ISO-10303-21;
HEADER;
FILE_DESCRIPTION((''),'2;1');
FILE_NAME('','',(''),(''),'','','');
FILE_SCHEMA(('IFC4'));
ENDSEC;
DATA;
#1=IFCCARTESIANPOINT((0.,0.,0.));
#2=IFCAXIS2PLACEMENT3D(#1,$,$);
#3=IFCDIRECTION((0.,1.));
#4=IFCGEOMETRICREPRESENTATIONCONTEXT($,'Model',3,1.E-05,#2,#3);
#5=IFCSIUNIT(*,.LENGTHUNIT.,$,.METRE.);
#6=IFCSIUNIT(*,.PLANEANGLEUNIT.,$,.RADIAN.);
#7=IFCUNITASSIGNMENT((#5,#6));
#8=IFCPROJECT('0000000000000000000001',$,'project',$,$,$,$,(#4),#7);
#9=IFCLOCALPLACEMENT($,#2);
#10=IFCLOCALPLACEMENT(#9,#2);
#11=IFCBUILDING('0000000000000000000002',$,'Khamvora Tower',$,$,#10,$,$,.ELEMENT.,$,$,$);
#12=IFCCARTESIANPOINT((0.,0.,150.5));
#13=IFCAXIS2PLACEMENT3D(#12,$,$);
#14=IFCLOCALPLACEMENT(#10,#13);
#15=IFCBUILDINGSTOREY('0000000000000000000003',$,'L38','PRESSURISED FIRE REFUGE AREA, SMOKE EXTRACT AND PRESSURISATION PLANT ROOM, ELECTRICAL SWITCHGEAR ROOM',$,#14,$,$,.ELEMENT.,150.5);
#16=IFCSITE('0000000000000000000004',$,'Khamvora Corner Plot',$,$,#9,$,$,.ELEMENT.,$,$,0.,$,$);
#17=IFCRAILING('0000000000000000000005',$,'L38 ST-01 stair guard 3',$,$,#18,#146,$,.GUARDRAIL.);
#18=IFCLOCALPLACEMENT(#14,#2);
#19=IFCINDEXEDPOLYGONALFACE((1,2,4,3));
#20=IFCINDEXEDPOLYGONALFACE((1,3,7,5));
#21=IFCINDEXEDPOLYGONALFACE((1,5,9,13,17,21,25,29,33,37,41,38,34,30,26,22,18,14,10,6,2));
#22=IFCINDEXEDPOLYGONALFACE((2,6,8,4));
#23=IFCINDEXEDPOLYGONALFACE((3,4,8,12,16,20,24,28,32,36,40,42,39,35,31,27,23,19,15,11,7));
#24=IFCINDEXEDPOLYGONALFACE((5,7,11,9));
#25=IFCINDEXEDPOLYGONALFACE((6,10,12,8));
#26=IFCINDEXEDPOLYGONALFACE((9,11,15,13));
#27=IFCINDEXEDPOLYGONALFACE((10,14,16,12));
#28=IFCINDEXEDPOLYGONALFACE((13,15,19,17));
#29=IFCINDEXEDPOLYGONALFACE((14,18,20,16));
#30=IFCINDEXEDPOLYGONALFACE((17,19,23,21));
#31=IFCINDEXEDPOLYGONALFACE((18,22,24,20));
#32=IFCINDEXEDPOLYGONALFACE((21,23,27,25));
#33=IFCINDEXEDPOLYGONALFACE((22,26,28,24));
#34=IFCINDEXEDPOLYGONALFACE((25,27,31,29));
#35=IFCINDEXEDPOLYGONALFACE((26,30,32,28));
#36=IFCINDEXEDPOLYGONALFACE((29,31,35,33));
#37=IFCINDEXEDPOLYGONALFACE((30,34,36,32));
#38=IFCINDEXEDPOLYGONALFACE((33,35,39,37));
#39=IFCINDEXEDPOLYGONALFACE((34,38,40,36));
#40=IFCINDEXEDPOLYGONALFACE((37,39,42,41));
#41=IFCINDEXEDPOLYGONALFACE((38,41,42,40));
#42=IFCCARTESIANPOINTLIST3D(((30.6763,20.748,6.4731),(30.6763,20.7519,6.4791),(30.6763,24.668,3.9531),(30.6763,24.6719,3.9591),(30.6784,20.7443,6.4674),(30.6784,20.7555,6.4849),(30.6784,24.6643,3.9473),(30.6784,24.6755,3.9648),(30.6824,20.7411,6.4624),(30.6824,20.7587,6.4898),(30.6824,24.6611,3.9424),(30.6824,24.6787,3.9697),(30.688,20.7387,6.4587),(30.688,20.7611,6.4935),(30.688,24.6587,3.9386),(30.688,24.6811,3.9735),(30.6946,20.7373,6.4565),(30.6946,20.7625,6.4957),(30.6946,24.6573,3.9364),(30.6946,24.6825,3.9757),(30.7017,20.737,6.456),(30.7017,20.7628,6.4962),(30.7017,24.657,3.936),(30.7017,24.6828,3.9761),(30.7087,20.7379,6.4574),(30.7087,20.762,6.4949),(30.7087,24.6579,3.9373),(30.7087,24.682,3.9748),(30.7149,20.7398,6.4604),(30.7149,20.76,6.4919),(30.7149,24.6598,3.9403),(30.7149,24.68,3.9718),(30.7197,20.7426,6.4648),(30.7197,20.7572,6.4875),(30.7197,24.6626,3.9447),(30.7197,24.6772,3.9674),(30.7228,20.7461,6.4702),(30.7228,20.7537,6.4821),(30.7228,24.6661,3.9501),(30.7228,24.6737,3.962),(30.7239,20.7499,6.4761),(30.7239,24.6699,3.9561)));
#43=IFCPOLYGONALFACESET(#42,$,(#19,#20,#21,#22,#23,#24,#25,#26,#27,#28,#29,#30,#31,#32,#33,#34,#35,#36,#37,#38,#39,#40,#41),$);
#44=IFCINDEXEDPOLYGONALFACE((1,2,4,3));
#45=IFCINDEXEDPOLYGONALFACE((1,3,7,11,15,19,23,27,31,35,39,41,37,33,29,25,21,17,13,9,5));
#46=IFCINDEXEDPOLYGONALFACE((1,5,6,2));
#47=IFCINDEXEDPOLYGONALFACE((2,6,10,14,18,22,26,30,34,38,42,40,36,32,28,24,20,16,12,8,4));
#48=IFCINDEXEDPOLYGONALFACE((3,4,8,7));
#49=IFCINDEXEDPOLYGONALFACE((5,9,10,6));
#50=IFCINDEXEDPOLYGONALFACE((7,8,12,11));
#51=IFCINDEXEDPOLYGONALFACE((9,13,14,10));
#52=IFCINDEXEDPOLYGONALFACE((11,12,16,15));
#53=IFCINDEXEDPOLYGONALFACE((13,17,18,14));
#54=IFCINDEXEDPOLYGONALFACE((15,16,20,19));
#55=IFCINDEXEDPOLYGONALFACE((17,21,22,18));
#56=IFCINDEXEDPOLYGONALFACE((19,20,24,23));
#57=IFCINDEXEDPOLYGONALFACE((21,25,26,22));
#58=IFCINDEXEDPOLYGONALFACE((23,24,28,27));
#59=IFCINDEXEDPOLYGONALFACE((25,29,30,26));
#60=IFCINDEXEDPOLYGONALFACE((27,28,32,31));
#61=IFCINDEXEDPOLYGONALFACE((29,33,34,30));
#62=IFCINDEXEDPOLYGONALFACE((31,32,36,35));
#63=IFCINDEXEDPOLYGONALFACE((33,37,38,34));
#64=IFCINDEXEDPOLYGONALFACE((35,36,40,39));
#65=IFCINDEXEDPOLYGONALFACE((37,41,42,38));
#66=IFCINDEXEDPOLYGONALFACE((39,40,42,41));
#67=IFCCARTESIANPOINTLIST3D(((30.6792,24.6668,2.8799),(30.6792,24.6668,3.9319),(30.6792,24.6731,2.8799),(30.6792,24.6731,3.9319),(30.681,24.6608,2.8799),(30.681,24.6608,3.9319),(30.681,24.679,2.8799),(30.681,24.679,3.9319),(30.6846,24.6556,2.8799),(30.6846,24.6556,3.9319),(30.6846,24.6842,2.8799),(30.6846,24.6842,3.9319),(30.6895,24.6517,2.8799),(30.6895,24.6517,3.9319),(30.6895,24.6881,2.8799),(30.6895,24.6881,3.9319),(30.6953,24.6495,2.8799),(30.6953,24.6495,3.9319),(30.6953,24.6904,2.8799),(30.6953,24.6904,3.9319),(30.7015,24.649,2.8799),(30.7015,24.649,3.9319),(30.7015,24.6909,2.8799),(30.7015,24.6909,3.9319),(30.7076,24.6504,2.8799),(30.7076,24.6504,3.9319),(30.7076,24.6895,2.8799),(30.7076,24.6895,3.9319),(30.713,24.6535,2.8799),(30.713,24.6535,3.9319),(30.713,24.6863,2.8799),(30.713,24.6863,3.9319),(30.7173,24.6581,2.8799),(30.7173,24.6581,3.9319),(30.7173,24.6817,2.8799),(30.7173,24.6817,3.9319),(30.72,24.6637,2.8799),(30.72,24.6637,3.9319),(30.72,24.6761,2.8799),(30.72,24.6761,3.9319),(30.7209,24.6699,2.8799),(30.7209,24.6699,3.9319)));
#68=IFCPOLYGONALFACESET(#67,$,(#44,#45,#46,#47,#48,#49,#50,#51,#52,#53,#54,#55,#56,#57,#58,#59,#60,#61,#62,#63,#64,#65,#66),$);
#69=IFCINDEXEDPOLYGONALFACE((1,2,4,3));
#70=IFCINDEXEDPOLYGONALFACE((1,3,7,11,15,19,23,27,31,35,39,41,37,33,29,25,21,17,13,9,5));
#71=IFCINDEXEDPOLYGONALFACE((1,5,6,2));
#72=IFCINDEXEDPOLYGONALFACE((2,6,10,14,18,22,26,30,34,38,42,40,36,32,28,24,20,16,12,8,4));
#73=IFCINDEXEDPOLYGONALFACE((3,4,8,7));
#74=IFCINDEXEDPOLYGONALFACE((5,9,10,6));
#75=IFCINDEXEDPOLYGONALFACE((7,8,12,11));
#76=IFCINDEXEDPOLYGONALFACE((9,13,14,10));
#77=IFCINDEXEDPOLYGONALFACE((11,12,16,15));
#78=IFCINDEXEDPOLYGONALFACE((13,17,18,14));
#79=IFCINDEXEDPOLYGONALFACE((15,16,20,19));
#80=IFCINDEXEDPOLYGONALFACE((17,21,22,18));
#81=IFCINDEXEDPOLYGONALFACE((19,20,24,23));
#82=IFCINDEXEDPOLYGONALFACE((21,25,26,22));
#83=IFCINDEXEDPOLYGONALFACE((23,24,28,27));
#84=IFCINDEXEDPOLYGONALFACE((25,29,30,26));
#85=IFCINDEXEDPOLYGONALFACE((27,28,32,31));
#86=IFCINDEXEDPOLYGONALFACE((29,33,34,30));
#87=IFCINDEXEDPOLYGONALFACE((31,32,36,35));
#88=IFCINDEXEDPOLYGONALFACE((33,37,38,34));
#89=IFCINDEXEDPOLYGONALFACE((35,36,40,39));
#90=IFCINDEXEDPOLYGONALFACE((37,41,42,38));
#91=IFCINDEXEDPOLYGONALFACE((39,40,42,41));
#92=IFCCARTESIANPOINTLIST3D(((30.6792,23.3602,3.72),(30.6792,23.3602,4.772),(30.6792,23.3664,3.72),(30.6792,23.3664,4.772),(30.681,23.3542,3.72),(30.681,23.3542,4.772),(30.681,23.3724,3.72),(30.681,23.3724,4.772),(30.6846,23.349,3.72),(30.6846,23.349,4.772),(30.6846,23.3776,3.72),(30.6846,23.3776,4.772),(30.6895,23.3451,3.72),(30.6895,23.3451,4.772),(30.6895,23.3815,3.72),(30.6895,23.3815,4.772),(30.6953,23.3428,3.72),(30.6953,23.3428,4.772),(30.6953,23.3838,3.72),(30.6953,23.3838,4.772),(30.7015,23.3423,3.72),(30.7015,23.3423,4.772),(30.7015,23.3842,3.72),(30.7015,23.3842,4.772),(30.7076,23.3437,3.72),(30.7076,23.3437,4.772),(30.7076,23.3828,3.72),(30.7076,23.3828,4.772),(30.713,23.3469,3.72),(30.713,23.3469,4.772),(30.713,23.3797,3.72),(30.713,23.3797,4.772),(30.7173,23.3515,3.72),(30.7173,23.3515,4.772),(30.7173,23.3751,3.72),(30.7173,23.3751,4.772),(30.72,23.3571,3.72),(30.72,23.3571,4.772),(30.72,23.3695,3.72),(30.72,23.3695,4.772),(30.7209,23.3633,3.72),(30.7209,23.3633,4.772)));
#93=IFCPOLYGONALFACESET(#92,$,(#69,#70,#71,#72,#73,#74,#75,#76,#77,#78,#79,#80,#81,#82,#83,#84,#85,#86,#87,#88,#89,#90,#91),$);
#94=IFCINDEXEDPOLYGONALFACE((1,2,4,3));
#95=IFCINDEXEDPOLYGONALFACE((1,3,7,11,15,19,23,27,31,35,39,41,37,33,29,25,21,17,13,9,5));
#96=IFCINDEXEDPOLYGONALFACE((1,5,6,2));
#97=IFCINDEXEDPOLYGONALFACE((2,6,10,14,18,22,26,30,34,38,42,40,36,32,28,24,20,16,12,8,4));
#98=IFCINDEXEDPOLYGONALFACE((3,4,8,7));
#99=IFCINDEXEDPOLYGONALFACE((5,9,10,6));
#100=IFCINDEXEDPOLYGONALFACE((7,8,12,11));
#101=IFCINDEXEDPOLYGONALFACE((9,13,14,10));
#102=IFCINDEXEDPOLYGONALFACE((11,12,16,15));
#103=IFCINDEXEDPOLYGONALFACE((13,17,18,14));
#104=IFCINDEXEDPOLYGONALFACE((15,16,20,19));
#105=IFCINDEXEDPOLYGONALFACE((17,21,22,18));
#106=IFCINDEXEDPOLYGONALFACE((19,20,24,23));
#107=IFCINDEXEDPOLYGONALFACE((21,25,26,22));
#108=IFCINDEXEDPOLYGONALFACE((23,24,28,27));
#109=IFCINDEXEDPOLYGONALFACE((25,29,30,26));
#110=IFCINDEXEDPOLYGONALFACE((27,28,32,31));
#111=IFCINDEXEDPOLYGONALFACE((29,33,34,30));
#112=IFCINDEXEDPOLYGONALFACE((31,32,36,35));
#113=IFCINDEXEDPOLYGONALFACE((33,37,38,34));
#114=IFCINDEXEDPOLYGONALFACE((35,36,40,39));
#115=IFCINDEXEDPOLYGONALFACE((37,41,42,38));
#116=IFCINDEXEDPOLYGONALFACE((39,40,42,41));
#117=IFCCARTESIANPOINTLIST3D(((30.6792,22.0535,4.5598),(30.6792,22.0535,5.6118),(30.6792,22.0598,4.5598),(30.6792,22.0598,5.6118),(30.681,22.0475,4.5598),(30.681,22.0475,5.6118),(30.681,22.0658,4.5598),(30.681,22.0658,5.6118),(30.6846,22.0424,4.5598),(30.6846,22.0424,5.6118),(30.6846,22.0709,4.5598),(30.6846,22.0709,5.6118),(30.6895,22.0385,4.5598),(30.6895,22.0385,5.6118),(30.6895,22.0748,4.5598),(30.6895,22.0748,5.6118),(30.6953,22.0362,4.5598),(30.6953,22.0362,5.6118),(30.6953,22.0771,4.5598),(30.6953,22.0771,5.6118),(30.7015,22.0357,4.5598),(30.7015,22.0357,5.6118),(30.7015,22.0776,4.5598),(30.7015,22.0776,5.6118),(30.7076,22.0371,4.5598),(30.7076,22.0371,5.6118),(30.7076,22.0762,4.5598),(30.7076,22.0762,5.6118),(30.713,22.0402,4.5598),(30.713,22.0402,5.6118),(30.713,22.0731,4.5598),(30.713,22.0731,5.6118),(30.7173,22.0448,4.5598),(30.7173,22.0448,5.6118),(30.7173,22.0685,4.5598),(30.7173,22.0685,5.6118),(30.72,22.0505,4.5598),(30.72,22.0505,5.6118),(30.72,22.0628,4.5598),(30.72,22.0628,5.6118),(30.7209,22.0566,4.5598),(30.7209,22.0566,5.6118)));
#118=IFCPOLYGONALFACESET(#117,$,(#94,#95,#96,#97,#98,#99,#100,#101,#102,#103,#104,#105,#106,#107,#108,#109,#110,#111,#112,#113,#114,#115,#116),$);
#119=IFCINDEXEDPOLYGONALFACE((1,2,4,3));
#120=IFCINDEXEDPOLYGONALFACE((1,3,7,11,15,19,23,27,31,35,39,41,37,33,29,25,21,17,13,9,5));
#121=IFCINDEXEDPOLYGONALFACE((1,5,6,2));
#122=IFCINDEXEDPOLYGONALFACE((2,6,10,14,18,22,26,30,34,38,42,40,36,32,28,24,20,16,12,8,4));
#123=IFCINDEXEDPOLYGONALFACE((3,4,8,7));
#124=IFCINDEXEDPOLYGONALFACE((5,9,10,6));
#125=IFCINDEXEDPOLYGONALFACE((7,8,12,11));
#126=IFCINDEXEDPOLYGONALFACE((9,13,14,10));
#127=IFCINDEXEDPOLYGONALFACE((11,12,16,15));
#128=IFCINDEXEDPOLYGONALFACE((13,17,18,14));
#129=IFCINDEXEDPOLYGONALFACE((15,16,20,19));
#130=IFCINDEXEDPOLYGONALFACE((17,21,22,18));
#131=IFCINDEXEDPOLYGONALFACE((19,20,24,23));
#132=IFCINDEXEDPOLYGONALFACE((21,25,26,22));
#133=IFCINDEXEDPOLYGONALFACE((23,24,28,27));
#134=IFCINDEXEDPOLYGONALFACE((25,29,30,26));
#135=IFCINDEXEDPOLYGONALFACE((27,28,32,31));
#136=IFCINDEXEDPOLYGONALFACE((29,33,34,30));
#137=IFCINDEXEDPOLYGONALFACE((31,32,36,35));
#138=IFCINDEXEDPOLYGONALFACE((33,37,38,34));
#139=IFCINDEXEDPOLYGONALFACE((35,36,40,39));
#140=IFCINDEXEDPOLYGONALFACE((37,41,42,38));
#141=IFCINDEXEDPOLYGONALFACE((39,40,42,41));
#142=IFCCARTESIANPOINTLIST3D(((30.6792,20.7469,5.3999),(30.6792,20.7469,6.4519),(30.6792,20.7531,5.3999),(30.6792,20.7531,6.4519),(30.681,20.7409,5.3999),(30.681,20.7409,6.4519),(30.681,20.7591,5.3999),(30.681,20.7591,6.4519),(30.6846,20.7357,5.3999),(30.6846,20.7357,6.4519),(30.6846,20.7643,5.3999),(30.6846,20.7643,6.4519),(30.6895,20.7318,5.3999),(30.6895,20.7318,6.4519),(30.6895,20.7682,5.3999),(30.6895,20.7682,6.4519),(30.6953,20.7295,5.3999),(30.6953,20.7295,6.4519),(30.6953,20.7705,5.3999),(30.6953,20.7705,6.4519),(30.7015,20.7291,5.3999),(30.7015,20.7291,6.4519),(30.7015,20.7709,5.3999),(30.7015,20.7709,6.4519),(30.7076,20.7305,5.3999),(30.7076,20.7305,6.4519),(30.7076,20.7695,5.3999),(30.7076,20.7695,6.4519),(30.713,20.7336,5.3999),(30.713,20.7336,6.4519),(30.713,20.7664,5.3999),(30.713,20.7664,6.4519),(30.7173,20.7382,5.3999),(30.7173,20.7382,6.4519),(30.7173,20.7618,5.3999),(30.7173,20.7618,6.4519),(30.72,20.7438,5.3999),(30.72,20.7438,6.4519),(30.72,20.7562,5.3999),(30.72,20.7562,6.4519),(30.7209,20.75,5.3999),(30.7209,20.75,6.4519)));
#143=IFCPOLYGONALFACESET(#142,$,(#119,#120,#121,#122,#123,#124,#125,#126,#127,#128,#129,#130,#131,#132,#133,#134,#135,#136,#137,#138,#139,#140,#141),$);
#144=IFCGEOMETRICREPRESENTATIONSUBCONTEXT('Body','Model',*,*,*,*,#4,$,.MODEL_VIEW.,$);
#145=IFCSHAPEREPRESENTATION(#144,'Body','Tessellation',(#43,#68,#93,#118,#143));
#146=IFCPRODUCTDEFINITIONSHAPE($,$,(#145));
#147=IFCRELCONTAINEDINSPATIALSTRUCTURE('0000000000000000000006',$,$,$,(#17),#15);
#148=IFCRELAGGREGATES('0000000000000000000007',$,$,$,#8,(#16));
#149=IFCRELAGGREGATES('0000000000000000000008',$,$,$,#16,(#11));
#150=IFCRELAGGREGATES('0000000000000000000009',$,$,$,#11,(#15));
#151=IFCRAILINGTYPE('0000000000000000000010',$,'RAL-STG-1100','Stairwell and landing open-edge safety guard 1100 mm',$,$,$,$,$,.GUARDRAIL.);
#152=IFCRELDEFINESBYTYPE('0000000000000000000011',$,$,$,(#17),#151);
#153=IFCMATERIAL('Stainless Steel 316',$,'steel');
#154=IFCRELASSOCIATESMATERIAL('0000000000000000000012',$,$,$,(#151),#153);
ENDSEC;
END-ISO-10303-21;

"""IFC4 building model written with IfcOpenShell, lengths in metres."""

from ifc_helpers import new_model, si_unit, direction, frame, origin, origin_2d, place, context, subcontext, project, spatial, circle, extrude, material, type_object, element, save


model = new_model("IFC4")

# Units and contexts
model_context = context("Model", 3, precision=1e-05, world=origin(), true_north=direction((0.0, 1.0)))
body_context = subcontext(model_context, "Body", "Model", "MODEL_VIEW")
ifc_project = project(units=[si_unit("LENGTHUNIT", "METRE"), si_unit("PLANEANGLEUNIT", "RADIAN")], contexts=[model_context])

# Site, building, storey
site_placement = place(None, origin())
site = spatial("IfcSite", under=ifc_project, at=site_placement, Name="Khamvora Corner Plot", CompositionType="ELEMENT", RefElevation=0.0)
building_placement = place(site_placement, origin())
building = spatial("IfcBuilding", under=site, at=building_placement, Name="Khamvora Tower", CompositionType="ELEMENT")
storey_placement = place(building_placement, frame((0.0, 0.0, 150.5)))
storey = spatial("IfcBuildingStorey", under=building, at=storey_placement, Name="L38", Description="PRESSURISED FIRE REFUGE AREA, SMOKE EXTRACT AND PRESSURISATION PLANT ROOM, ELECTRICAL SWITCHGEAR ROOM", CompositionType="ELEMENT", Elevation=150.5)

# Railing
ifc_material_1 = material(Name="Stainless Steel 316", Category="steel")
railing_type_1 = type_object("IfcRailingType", Name="RAL-STG-1100", Description="Stairwell and landing open-edge safety guard 1100 mm", PredefinedType="GUARDRAIL", material=ifc_material_1)
railing_1_placement = place(storey_placement, frame((30.7, 24.6699, 2.8799)))
element("IfcRailing", 1, at=railing_1_placement, inside=storey, type_object=railing_type_1, Name="L38 ST-01 stair guard 3", PredefinedType="GUARDRAIL", context=body_context, shape_type="SweptSolid", body=[
    extrude(circle(Radius=0.0239, at=origin_2d()), frame((0.0, 0.0, 1.0762), z_axis=(0.0, -0.841172, 0.540768), x_axis=(1.0, 0.0, 0.0)), (0.0, 0.0, 1.0), 4.6602),
    extrude(circle(Radius=0.021, at=origin_2d()), origin(), (0.0, 0.0, 1.0), 1.052),
    extrude(circle(Radius=0.021, at=origin_2d()), frame((0.0, -1.3066, 0.8401)), (0.0, 0.0, 1.0), 1.052),
    extrude(circle(Radius=0.021, at=origin_2d()), frame((0.0, -2.6133, 1.6799)), (0.0, 0.0, 1.0), 1.052),
    extrude(circle(Radius=0.021, at=origin_2d()), frame((0.0, -3.9199, 2.52)), (0.0, 0.0, 1.0), 1.052),
])

save(model, "model.ifc")
